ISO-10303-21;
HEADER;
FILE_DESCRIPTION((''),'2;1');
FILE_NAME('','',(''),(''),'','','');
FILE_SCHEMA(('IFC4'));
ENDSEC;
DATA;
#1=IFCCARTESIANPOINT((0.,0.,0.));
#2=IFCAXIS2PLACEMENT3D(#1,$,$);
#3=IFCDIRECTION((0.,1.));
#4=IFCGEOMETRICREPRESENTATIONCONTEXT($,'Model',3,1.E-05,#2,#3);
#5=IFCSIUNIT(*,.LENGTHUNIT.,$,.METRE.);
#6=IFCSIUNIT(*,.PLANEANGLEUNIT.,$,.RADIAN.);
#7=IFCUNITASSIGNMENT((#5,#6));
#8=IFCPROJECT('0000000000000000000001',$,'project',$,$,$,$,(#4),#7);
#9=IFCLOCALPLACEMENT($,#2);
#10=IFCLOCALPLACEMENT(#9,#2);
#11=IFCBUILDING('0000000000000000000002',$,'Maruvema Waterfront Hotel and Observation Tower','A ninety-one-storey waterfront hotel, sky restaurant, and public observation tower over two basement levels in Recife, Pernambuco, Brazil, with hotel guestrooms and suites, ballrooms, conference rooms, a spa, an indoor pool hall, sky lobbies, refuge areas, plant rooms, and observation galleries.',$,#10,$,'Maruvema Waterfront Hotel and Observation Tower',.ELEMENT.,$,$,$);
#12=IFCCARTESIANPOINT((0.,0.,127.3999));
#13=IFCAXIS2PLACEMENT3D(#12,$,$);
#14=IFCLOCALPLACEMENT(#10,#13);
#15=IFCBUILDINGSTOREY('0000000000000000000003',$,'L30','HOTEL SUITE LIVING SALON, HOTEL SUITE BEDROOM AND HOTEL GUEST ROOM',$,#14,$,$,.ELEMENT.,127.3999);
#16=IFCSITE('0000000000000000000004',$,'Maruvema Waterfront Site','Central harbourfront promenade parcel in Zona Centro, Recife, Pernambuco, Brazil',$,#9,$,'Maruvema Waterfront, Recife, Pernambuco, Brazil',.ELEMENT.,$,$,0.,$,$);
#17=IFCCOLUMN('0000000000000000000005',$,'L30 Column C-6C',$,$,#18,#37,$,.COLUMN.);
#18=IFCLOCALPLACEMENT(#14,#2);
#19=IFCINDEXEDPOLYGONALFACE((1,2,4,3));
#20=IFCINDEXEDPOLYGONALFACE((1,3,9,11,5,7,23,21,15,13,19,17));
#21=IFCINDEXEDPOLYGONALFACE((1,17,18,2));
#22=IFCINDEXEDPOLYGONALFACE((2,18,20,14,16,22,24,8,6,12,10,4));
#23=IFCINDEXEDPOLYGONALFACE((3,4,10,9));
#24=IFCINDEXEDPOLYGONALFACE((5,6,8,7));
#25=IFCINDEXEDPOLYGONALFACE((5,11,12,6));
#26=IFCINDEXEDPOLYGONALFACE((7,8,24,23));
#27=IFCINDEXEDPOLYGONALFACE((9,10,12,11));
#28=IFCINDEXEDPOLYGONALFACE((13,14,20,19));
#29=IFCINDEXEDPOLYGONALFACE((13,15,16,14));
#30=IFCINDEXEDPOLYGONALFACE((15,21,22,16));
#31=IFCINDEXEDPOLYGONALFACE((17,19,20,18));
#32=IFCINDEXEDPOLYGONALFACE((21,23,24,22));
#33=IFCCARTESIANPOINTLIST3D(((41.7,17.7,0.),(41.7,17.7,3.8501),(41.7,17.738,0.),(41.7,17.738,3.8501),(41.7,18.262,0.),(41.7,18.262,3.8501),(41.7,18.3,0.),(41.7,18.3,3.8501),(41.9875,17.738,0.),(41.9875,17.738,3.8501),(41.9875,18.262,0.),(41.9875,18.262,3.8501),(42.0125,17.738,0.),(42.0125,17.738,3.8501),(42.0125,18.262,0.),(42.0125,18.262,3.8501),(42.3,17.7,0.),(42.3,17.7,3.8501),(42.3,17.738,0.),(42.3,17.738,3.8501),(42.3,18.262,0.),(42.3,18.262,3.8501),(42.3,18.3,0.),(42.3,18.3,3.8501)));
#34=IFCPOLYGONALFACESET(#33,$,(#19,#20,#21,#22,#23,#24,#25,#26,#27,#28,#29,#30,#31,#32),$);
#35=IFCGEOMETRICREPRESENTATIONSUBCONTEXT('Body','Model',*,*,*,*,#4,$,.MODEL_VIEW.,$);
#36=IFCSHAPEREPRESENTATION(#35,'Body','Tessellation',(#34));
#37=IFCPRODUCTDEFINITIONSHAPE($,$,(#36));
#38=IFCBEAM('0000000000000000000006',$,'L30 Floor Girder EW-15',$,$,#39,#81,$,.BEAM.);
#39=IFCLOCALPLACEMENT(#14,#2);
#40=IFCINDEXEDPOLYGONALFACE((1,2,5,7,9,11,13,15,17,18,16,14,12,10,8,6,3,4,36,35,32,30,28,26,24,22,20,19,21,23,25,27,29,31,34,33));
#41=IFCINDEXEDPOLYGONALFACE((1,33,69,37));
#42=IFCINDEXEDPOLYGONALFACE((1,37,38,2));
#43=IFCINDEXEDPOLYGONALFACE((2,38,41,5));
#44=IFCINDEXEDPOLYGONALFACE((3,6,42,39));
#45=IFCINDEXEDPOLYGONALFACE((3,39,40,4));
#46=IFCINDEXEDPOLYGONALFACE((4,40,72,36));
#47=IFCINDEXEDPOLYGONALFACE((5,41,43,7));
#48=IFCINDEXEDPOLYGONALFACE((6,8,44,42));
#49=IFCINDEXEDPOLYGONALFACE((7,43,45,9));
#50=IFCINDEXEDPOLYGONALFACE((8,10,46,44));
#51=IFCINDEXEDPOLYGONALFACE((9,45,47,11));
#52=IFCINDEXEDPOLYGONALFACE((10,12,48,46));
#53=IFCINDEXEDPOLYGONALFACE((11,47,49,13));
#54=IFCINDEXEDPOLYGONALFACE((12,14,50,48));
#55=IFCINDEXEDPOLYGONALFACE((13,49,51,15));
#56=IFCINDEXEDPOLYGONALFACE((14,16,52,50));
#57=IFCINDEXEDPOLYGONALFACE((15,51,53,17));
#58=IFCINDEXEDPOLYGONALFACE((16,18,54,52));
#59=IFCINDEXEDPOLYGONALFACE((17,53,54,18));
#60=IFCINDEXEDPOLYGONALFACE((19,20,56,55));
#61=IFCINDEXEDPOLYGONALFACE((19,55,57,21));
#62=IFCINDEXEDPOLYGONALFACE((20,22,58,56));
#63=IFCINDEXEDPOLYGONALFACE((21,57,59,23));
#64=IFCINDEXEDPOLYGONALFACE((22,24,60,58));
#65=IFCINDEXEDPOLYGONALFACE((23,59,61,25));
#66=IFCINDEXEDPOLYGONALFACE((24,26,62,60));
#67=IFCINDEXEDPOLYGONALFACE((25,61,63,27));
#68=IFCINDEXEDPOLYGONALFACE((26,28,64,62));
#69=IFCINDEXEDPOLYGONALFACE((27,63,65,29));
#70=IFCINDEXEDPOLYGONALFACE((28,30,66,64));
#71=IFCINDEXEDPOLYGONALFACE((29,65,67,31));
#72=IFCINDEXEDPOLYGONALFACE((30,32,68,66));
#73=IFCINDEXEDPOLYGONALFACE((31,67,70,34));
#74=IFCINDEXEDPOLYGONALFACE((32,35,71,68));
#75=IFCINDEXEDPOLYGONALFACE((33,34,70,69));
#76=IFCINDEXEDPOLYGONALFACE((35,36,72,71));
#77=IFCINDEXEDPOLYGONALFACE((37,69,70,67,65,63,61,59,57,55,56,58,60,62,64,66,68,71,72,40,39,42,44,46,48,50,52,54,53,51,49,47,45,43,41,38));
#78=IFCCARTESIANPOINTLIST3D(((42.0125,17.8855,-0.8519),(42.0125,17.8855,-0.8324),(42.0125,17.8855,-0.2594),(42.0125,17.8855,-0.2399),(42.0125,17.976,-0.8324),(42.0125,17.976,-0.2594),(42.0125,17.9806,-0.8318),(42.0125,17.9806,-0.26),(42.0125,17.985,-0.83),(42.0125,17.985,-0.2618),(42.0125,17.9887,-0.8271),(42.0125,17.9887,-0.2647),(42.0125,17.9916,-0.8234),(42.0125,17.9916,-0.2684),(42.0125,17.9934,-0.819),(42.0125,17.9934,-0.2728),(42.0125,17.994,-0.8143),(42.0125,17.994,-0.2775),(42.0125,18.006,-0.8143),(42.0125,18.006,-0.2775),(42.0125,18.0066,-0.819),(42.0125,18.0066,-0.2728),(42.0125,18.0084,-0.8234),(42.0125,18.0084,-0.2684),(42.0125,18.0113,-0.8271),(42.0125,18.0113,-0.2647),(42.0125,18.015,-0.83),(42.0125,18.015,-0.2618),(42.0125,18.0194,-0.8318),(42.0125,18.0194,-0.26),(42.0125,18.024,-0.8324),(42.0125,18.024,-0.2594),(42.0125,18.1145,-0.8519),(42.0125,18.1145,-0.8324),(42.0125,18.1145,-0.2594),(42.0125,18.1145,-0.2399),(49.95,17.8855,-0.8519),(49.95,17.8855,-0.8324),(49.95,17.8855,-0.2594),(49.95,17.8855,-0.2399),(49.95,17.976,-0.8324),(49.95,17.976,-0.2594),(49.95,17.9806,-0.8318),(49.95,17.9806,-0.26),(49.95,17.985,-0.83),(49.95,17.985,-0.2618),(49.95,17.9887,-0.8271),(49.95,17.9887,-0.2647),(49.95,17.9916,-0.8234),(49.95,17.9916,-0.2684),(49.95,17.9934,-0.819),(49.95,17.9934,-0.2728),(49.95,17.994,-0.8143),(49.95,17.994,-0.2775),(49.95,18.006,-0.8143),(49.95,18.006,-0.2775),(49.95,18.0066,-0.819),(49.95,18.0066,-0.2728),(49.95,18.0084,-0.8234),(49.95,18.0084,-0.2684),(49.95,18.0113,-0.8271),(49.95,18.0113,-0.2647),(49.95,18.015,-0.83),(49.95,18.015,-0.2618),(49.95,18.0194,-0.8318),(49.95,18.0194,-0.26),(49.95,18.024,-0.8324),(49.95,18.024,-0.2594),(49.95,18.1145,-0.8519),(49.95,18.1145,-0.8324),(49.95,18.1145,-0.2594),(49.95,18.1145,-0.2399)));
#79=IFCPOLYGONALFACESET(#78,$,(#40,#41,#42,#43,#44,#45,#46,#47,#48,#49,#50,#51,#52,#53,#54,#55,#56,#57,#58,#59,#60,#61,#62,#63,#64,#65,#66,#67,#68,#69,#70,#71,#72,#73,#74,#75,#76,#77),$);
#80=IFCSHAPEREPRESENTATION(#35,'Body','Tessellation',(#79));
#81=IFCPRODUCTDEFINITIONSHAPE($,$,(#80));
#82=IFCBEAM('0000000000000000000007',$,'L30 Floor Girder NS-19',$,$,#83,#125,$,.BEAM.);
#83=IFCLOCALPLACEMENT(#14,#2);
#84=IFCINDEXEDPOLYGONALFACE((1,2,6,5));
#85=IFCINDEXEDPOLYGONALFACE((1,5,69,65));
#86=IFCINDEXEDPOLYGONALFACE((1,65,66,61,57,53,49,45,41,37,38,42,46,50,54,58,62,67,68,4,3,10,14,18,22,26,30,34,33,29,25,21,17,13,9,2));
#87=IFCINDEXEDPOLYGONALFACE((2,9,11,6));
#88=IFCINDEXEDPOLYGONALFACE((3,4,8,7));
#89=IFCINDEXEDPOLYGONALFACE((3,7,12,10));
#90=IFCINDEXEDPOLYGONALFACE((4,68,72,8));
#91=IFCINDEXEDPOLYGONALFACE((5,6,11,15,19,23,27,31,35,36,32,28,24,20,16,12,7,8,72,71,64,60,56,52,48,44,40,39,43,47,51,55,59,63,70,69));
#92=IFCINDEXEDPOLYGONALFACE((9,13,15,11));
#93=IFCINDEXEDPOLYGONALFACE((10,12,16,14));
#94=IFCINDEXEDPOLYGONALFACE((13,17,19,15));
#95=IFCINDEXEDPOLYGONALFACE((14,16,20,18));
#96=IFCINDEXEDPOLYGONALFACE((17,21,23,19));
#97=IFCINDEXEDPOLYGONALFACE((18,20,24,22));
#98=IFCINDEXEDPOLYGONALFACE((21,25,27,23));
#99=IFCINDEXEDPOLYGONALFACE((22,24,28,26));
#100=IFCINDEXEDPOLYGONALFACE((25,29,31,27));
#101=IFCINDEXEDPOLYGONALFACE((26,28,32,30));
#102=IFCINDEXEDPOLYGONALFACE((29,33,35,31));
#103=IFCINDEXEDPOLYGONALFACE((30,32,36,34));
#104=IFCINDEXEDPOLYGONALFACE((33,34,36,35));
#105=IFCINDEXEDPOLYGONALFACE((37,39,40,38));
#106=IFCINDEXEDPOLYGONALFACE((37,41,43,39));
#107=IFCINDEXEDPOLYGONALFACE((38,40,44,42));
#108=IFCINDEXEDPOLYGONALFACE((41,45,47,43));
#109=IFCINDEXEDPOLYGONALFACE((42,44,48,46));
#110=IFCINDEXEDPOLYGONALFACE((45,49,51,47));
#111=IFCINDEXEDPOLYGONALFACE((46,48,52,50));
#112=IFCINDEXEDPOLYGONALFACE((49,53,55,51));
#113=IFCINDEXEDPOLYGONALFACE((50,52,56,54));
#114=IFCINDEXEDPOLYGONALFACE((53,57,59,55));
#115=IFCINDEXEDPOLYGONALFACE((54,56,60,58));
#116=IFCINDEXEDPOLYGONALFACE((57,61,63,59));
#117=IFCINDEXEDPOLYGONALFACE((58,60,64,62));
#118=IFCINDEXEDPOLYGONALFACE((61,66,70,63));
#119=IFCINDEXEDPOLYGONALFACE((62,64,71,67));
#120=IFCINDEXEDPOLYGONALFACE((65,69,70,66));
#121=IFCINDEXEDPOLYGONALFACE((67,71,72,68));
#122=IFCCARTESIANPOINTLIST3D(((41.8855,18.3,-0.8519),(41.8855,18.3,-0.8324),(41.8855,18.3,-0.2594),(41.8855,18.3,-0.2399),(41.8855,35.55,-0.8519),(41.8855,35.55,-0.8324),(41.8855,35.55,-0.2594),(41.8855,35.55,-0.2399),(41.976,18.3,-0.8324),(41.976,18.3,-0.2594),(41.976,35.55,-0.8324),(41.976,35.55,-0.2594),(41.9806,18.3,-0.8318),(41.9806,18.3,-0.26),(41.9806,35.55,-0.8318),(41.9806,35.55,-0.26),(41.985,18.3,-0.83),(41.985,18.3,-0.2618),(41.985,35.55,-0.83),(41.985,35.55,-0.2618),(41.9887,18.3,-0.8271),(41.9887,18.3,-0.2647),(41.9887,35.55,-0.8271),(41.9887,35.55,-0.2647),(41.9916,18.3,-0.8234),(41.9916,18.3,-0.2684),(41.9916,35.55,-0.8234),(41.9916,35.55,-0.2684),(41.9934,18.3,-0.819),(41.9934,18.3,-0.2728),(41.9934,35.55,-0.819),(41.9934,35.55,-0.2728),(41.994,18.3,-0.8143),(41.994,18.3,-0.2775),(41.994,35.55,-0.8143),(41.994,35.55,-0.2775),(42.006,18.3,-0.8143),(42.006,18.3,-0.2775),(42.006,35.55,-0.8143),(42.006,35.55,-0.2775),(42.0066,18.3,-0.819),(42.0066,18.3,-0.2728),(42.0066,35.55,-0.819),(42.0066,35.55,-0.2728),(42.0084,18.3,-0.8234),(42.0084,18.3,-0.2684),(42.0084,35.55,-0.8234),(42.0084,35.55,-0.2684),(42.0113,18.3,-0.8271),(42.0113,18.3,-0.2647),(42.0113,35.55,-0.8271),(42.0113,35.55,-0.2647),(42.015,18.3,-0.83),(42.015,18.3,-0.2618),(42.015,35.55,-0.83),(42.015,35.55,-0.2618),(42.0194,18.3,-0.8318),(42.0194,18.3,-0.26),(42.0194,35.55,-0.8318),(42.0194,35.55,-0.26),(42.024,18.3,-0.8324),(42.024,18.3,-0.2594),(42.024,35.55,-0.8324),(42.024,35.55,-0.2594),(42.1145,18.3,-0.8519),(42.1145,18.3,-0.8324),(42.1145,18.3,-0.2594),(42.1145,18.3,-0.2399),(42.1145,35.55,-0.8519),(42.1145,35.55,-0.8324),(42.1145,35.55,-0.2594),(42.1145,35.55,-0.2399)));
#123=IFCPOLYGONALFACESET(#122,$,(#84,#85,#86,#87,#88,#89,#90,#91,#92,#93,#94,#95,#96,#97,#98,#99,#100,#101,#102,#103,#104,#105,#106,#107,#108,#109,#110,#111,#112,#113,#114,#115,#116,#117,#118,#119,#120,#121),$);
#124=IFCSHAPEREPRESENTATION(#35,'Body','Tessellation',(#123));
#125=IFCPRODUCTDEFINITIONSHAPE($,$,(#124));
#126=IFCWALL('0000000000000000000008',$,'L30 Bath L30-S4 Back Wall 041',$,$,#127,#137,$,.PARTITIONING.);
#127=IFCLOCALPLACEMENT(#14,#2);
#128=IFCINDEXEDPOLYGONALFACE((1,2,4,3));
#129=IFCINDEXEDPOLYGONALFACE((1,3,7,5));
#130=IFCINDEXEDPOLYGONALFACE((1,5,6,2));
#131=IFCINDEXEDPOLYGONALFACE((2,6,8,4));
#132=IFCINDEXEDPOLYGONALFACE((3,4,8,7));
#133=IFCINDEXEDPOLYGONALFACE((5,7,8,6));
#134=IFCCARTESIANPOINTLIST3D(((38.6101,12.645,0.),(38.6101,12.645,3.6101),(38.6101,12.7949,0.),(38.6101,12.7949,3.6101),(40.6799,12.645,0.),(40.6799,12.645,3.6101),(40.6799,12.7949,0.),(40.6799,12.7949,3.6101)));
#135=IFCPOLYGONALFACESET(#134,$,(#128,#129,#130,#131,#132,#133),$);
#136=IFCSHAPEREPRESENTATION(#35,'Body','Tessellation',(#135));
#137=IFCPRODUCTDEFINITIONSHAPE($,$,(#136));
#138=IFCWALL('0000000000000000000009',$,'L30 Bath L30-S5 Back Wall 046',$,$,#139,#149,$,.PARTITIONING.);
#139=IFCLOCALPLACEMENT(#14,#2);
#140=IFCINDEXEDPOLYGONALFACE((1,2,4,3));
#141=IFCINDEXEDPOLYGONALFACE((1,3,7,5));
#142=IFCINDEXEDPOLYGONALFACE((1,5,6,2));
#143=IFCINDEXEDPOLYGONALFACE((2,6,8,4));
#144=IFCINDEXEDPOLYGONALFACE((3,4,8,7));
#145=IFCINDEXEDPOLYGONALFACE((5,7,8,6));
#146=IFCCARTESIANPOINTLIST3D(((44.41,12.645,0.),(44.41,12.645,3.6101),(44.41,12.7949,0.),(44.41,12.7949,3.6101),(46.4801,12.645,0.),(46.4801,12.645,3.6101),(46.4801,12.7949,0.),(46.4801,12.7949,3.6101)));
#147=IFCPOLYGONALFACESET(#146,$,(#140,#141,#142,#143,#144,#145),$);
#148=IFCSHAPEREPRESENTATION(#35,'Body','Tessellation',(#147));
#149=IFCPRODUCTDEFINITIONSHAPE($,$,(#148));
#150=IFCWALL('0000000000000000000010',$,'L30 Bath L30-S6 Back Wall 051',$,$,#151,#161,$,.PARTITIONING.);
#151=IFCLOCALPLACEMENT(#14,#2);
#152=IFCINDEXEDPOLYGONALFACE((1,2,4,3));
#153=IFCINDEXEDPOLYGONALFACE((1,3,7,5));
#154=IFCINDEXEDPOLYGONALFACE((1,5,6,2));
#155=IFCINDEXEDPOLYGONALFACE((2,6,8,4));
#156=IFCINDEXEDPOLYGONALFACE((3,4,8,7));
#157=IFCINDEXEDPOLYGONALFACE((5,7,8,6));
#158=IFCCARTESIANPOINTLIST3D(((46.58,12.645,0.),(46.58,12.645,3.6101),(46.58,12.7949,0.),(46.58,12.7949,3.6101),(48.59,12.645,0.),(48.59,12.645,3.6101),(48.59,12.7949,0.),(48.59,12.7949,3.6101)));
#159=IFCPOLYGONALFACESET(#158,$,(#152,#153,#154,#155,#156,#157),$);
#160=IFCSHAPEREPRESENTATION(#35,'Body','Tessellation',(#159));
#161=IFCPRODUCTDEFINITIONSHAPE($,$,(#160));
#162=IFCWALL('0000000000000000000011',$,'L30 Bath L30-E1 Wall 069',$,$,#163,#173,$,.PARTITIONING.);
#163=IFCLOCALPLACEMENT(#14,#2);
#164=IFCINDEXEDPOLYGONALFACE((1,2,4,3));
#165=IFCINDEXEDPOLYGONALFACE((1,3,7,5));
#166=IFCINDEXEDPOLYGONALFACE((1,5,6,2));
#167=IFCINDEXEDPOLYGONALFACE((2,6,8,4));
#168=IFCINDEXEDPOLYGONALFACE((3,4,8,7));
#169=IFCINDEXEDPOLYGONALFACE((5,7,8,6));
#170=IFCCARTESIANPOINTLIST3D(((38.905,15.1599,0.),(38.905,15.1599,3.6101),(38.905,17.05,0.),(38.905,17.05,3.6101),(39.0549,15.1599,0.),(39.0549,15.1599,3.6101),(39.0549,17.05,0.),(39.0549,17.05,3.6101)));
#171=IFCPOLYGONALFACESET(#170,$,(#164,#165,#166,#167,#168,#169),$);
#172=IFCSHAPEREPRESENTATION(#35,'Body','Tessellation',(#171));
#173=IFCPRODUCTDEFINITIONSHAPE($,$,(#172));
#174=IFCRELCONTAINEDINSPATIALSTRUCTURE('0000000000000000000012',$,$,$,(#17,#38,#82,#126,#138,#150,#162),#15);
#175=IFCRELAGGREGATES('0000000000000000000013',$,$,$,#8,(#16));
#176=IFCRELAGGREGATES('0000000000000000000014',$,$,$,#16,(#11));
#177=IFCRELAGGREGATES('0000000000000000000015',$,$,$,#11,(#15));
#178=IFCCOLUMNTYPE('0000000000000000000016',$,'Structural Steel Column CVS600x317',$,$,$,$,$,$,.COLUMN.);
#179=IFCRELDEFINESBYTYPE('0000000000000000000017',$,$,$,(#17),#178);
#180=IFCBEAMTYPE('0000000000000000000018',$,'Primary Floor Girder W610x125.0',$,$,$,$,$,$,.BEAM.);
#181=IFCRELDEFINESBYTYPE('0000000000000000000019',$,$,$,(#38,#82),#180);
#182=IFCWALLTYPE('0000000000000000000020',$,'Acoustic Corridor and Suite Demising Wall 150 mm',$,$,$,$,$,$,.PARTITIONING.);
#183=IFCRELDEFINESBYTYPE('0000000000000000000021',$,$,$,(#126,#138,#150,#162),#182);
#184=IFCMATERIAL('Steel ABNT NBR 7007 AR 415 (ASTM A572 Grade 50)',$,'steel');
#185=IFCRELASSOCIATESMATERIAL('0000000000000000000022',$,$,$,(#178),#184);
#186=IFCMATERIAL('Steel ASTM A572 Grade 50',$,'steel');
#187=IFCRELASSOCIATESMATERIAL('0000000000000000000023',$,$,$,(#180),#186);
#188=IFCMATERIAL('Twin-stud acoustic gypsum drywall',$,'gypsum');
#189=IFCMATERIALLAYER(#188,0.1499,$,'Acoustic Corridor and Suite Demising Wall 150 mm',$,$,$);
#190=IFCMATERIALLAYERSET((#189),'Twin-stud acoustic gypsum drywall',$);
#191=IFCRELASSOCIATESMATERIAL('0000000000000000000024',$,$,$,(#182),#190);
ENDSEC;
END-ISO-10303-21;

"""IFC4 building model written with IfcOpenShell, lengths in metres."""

from ifc_helpers import new_model, si_unit, direction, frame, frame_2d, origin, origin_2d, place, context, subcontext, project, spatial, rectangle, i_section, extrude, material, layer, layer_set, material_profile, profile_set, type_object, element, save


model = new_model("IFC4")

# Units and contexts
model_context = context("Model", 3, precision=1e-05, world=origin(), true_north=direction((0.0, 1.0)))
body_context = subcontext(model_context, "Body", "Model", "MODEL_VIEW")
ifc_project = project(units=[si_unit("LENGTHUNIT", "METRE"), si_unit("PLANEANGLEUNIT", "RADIAN")], contexts=[model_context])

# Site, building, storey
site_placement = place(None, origin())
site = spatial("IfcSite", under=ifc_project, at=site_placement, Name="Maruvema Waterfront Site", Description="Central harbourfront promenade parcel in Zona Centro, Recife, Pernambuco, Brazil", LongName="Maruvema Waterfront, Recife, Pernambuco, Brazil", CompositionType="ELEMENT", RefElevation=0.0)
building_placement = place(site_placement, origin())
building = spatial("IfcBuilding", under=site, at=building_placement, Name="Maruvema Waterfront Hotel and Observation Tower", Description="A ninety-one-storey waterfront hotel, sky restaurant, and public observation tower over two basement levels in Recife, Pernambuco, Brazil, with hotel guestrooms and suites, ballrooms, conference rooms, a spa, an indoor pool hall, sky lobbies, refuge areas, plant rooms, and observation galleries.", LongName="Maruvema Waterfront Hotel and Observation Tower", CompositionType="ELEMENT")
storey_placement = place(building_placement, frame((0.0, 0.0, 127.3999)))
storey = spatial("IfcBuildingStorey", under=building, at=storey_placement, Name="L30", Description="HOTEL SUITE LIVING SALON, HOTEL SUITE BEDROOM AND HOTEL GUEST ROOM", CompositionType="ELEMENT", Elevation=127.3999)

# Column
ifc_material_1 = material(Name="Steel ABNT NBR 7007 AR 415 (ASTM A572 Grade 50)", Category="steel")
ifc_material_profile_1 = material_profile(ifc_material_1, i_section(OverallWidth=0.6001, OverallDepth=0.6001, WebThickness=0.0249, FlangeThickness=0.0381, at=origin_2d()), Name="CVS600x317")
ifc_profile_set_1 = profile_set([ifc_material_profile_1], Name="Steel ABNT NBR 7007 AR 415 (ASTM A572 Grade 50)")
column_type = type_object("IfcColumnType", Name="Structural Steel Column CVS600x317", PredefinedType="COLUMN", material=ifc_profile_set_1)
column_placement = place(storey_placement, frame((42.0, 18.0, 0.0), z_axis=(0.0, 0.0, 1.0), x_axis=(1.0, 0.0, 0.0)))
element("IfcColumn", 1, at=column_placement, inside=storey, type_object=column_type, Name="L30 Column C-6C", PredefinedType="COLUMN", context=body_context, shape_type="SweptSolid", body=[
    extrude(i_section(OverallWidth=0.6001, OverallDepth=0.6001, WebThickness=0.0249, FlangeThickness=0.0381, at=origin_2d()), origin(), (0.0, 0.0, 1.0), 3.8501),
])

# Beams
ifc_material_2 = material(Name="Steel ASTM A572 Grade 50", Category="steel")
ifc_material_profile_2 = material_profile(ifc_material_2, i_section(OverallWidth=0.229, OverallDepth=0.6121, WebThickness=0.012, FlangeThickness=0.0195, FilletRadius=0.0181, at=origin_2d()), Name="W610x125.0")
ifc_profile_set_2 = profile_set([ifc_material_profile_2], Name="Steel ASTM A572 Grade 50")
beam_type = type_object("IfcBeamType", Name="Primary Floor Girder W610x125.0", PredefinedType="BEAM", material=ifc_profile_set_2)
beam_1_placement = place(storey_placement, frame((42.0125, 18.0, -0.5459), z_axis=(1.0, 0.0, 0.0), x_axis=(0.0, 1.0, 0.0)))
element("IfcBeam", 2, at=beam_1_placement, inside=storey, type_object=beam_type, Name="L30 Floor Girder EW-15", PredefinedType="BEAM", context=body_context, shape_type="SweptSolid", body=[
    extrude(i_section(OverallWidth=0.229, OverallDepth=0.6121, WebThickness=0.012, FlangeThickness=0.0195, FilletRadius=0.0181, at=origin_2d()), origin(), (0.0, 0.0, 1.0), 7.9375),
])
beam_2_placement = place(storey_placement, frame((42.0, 18.3, -0.5459), z_axis=(0.0, 1.0, 0.0), x_axis=(-1.0, 0.0, 0.0)))
element("IfcBeam", 3, at=beam_2_placement, inside=storey, type_object=beam_type, Name="L30 Floor Girder NS-19", PredefinedType="BEAM", context=body_context, shape_type="SweptSolid", body=[
    extrude(i_section(OverallWidth=0.229, OverallDepth=0.6121, WebThickness=0.012, FlangeThickness=0.0195, FilletRadius=0.0181, at=origin_2d()), origin(), (0.0, 0.0, 1.0), 17.25),
])

# Walls
ifc_material_3 = material(Name="Twin-stud acoustic gypsum drywall", Category="gypsum")
ifc_layer_1 = layer(ifc_material_3, 0.1499, Name="Acoustic Corridor and Suite Demising Wall 150 mm")
ifc_layer_set_1 = layer_set([ifc_layer_1], Name="Twin-stud acoustic gypsum drywall")
wall_type_1 = type_object("IfcWallType", Name="Acoustic Corridor and Suite Demising Wall 150 mm", PredefinedType="PARTITIONING", material=ifc_layer_set_1)
wall_1_placement = place(storey_placement, frame((38.6101, 12.72, 0.0), z_axis=(0.0, 0.0, 1.0), x_axis=(1.0, 0.0, 0.0)))
element("IfcWall", 4, at=wall_1_placement, inside=storey, type_object=wall_type_1, Name="L30 Bath L30-S4 Back Wall 041", PredefinedType="PARTITIONING", context=body_context, shape_type="SweptSolid", body=[
    extrude(rectangle(XDim=2.0698, YDim=0.1499, at=frame_2d((1.0349, 0.0))), origin(), (0.0, 0.0, 1.0), 3.6101),
])
wall_2_placement = place(storey_placement, frame((44.4099, 12.72, 0.0), z_axis=(0.0, 0.0, 1.0), x_axis=(1.0, 0.0, 0.0)))
element("IfcWall", 5, at=wall_2_placement, inside=storey, type_object=wall_type_1, Name="L30 Bath L30-S5 Back Wall 046", PredefinedType="PARTITIONING", context=body_context, shape_type="SweptSolid", body=[
    extrude(rectangle(XDim=2.0701, YDim=0.1499, at=frame_2d((1.0352, 0.0))), origin(), (0.0, 0.0, 1.0), 3.6101),
])

# Wall
wall_3_placement = place(storey_placement, frame((46.5801, 12.72, 0.0), z_axis=(0.0, 0.0, 1.0), x_axis=(1.0, 0.0, 0.0)))
element("IfcWall", 6, at=wall_3_placement, inside=storey, type_object=wall_type_1, Name="L30 Bath L30-S6 Back Wall 051", PredefinedType="PARTITIONING", context=body_context, shape_type="SweptSolid", body=[
    extrude(rectangle(XDim=2.01, YDim=0.1499, at=frame_2d((1.0049, 0.0))), origin(), (0.0, 0.0, 1.0), 3.6101),
])

# Wall
wall_4_placement = place(storey_placement, frame((38.98, 15.1599, 0.0), z_axis=(0.0, 0.0, 1.0), x_axis=(0.0, 1.0, 0.0)))
element("IfcWall", 7, at=wall_4_placement, inside=storey, type_object=wall_type_1, Name="L30 Bath L30-E1 Wall 069", PredefinedType="PARTITIONING", context=body_context, shape_type="SweptSolid", body=[
    extrude(rectangle(XDim=1.8901, YDim=0.1499, at=frame_2d((0.9451, 0.0))), origin(), (0.0, 0.0, 1.0), 3.6101),
])

save(model, "model.ifc")
